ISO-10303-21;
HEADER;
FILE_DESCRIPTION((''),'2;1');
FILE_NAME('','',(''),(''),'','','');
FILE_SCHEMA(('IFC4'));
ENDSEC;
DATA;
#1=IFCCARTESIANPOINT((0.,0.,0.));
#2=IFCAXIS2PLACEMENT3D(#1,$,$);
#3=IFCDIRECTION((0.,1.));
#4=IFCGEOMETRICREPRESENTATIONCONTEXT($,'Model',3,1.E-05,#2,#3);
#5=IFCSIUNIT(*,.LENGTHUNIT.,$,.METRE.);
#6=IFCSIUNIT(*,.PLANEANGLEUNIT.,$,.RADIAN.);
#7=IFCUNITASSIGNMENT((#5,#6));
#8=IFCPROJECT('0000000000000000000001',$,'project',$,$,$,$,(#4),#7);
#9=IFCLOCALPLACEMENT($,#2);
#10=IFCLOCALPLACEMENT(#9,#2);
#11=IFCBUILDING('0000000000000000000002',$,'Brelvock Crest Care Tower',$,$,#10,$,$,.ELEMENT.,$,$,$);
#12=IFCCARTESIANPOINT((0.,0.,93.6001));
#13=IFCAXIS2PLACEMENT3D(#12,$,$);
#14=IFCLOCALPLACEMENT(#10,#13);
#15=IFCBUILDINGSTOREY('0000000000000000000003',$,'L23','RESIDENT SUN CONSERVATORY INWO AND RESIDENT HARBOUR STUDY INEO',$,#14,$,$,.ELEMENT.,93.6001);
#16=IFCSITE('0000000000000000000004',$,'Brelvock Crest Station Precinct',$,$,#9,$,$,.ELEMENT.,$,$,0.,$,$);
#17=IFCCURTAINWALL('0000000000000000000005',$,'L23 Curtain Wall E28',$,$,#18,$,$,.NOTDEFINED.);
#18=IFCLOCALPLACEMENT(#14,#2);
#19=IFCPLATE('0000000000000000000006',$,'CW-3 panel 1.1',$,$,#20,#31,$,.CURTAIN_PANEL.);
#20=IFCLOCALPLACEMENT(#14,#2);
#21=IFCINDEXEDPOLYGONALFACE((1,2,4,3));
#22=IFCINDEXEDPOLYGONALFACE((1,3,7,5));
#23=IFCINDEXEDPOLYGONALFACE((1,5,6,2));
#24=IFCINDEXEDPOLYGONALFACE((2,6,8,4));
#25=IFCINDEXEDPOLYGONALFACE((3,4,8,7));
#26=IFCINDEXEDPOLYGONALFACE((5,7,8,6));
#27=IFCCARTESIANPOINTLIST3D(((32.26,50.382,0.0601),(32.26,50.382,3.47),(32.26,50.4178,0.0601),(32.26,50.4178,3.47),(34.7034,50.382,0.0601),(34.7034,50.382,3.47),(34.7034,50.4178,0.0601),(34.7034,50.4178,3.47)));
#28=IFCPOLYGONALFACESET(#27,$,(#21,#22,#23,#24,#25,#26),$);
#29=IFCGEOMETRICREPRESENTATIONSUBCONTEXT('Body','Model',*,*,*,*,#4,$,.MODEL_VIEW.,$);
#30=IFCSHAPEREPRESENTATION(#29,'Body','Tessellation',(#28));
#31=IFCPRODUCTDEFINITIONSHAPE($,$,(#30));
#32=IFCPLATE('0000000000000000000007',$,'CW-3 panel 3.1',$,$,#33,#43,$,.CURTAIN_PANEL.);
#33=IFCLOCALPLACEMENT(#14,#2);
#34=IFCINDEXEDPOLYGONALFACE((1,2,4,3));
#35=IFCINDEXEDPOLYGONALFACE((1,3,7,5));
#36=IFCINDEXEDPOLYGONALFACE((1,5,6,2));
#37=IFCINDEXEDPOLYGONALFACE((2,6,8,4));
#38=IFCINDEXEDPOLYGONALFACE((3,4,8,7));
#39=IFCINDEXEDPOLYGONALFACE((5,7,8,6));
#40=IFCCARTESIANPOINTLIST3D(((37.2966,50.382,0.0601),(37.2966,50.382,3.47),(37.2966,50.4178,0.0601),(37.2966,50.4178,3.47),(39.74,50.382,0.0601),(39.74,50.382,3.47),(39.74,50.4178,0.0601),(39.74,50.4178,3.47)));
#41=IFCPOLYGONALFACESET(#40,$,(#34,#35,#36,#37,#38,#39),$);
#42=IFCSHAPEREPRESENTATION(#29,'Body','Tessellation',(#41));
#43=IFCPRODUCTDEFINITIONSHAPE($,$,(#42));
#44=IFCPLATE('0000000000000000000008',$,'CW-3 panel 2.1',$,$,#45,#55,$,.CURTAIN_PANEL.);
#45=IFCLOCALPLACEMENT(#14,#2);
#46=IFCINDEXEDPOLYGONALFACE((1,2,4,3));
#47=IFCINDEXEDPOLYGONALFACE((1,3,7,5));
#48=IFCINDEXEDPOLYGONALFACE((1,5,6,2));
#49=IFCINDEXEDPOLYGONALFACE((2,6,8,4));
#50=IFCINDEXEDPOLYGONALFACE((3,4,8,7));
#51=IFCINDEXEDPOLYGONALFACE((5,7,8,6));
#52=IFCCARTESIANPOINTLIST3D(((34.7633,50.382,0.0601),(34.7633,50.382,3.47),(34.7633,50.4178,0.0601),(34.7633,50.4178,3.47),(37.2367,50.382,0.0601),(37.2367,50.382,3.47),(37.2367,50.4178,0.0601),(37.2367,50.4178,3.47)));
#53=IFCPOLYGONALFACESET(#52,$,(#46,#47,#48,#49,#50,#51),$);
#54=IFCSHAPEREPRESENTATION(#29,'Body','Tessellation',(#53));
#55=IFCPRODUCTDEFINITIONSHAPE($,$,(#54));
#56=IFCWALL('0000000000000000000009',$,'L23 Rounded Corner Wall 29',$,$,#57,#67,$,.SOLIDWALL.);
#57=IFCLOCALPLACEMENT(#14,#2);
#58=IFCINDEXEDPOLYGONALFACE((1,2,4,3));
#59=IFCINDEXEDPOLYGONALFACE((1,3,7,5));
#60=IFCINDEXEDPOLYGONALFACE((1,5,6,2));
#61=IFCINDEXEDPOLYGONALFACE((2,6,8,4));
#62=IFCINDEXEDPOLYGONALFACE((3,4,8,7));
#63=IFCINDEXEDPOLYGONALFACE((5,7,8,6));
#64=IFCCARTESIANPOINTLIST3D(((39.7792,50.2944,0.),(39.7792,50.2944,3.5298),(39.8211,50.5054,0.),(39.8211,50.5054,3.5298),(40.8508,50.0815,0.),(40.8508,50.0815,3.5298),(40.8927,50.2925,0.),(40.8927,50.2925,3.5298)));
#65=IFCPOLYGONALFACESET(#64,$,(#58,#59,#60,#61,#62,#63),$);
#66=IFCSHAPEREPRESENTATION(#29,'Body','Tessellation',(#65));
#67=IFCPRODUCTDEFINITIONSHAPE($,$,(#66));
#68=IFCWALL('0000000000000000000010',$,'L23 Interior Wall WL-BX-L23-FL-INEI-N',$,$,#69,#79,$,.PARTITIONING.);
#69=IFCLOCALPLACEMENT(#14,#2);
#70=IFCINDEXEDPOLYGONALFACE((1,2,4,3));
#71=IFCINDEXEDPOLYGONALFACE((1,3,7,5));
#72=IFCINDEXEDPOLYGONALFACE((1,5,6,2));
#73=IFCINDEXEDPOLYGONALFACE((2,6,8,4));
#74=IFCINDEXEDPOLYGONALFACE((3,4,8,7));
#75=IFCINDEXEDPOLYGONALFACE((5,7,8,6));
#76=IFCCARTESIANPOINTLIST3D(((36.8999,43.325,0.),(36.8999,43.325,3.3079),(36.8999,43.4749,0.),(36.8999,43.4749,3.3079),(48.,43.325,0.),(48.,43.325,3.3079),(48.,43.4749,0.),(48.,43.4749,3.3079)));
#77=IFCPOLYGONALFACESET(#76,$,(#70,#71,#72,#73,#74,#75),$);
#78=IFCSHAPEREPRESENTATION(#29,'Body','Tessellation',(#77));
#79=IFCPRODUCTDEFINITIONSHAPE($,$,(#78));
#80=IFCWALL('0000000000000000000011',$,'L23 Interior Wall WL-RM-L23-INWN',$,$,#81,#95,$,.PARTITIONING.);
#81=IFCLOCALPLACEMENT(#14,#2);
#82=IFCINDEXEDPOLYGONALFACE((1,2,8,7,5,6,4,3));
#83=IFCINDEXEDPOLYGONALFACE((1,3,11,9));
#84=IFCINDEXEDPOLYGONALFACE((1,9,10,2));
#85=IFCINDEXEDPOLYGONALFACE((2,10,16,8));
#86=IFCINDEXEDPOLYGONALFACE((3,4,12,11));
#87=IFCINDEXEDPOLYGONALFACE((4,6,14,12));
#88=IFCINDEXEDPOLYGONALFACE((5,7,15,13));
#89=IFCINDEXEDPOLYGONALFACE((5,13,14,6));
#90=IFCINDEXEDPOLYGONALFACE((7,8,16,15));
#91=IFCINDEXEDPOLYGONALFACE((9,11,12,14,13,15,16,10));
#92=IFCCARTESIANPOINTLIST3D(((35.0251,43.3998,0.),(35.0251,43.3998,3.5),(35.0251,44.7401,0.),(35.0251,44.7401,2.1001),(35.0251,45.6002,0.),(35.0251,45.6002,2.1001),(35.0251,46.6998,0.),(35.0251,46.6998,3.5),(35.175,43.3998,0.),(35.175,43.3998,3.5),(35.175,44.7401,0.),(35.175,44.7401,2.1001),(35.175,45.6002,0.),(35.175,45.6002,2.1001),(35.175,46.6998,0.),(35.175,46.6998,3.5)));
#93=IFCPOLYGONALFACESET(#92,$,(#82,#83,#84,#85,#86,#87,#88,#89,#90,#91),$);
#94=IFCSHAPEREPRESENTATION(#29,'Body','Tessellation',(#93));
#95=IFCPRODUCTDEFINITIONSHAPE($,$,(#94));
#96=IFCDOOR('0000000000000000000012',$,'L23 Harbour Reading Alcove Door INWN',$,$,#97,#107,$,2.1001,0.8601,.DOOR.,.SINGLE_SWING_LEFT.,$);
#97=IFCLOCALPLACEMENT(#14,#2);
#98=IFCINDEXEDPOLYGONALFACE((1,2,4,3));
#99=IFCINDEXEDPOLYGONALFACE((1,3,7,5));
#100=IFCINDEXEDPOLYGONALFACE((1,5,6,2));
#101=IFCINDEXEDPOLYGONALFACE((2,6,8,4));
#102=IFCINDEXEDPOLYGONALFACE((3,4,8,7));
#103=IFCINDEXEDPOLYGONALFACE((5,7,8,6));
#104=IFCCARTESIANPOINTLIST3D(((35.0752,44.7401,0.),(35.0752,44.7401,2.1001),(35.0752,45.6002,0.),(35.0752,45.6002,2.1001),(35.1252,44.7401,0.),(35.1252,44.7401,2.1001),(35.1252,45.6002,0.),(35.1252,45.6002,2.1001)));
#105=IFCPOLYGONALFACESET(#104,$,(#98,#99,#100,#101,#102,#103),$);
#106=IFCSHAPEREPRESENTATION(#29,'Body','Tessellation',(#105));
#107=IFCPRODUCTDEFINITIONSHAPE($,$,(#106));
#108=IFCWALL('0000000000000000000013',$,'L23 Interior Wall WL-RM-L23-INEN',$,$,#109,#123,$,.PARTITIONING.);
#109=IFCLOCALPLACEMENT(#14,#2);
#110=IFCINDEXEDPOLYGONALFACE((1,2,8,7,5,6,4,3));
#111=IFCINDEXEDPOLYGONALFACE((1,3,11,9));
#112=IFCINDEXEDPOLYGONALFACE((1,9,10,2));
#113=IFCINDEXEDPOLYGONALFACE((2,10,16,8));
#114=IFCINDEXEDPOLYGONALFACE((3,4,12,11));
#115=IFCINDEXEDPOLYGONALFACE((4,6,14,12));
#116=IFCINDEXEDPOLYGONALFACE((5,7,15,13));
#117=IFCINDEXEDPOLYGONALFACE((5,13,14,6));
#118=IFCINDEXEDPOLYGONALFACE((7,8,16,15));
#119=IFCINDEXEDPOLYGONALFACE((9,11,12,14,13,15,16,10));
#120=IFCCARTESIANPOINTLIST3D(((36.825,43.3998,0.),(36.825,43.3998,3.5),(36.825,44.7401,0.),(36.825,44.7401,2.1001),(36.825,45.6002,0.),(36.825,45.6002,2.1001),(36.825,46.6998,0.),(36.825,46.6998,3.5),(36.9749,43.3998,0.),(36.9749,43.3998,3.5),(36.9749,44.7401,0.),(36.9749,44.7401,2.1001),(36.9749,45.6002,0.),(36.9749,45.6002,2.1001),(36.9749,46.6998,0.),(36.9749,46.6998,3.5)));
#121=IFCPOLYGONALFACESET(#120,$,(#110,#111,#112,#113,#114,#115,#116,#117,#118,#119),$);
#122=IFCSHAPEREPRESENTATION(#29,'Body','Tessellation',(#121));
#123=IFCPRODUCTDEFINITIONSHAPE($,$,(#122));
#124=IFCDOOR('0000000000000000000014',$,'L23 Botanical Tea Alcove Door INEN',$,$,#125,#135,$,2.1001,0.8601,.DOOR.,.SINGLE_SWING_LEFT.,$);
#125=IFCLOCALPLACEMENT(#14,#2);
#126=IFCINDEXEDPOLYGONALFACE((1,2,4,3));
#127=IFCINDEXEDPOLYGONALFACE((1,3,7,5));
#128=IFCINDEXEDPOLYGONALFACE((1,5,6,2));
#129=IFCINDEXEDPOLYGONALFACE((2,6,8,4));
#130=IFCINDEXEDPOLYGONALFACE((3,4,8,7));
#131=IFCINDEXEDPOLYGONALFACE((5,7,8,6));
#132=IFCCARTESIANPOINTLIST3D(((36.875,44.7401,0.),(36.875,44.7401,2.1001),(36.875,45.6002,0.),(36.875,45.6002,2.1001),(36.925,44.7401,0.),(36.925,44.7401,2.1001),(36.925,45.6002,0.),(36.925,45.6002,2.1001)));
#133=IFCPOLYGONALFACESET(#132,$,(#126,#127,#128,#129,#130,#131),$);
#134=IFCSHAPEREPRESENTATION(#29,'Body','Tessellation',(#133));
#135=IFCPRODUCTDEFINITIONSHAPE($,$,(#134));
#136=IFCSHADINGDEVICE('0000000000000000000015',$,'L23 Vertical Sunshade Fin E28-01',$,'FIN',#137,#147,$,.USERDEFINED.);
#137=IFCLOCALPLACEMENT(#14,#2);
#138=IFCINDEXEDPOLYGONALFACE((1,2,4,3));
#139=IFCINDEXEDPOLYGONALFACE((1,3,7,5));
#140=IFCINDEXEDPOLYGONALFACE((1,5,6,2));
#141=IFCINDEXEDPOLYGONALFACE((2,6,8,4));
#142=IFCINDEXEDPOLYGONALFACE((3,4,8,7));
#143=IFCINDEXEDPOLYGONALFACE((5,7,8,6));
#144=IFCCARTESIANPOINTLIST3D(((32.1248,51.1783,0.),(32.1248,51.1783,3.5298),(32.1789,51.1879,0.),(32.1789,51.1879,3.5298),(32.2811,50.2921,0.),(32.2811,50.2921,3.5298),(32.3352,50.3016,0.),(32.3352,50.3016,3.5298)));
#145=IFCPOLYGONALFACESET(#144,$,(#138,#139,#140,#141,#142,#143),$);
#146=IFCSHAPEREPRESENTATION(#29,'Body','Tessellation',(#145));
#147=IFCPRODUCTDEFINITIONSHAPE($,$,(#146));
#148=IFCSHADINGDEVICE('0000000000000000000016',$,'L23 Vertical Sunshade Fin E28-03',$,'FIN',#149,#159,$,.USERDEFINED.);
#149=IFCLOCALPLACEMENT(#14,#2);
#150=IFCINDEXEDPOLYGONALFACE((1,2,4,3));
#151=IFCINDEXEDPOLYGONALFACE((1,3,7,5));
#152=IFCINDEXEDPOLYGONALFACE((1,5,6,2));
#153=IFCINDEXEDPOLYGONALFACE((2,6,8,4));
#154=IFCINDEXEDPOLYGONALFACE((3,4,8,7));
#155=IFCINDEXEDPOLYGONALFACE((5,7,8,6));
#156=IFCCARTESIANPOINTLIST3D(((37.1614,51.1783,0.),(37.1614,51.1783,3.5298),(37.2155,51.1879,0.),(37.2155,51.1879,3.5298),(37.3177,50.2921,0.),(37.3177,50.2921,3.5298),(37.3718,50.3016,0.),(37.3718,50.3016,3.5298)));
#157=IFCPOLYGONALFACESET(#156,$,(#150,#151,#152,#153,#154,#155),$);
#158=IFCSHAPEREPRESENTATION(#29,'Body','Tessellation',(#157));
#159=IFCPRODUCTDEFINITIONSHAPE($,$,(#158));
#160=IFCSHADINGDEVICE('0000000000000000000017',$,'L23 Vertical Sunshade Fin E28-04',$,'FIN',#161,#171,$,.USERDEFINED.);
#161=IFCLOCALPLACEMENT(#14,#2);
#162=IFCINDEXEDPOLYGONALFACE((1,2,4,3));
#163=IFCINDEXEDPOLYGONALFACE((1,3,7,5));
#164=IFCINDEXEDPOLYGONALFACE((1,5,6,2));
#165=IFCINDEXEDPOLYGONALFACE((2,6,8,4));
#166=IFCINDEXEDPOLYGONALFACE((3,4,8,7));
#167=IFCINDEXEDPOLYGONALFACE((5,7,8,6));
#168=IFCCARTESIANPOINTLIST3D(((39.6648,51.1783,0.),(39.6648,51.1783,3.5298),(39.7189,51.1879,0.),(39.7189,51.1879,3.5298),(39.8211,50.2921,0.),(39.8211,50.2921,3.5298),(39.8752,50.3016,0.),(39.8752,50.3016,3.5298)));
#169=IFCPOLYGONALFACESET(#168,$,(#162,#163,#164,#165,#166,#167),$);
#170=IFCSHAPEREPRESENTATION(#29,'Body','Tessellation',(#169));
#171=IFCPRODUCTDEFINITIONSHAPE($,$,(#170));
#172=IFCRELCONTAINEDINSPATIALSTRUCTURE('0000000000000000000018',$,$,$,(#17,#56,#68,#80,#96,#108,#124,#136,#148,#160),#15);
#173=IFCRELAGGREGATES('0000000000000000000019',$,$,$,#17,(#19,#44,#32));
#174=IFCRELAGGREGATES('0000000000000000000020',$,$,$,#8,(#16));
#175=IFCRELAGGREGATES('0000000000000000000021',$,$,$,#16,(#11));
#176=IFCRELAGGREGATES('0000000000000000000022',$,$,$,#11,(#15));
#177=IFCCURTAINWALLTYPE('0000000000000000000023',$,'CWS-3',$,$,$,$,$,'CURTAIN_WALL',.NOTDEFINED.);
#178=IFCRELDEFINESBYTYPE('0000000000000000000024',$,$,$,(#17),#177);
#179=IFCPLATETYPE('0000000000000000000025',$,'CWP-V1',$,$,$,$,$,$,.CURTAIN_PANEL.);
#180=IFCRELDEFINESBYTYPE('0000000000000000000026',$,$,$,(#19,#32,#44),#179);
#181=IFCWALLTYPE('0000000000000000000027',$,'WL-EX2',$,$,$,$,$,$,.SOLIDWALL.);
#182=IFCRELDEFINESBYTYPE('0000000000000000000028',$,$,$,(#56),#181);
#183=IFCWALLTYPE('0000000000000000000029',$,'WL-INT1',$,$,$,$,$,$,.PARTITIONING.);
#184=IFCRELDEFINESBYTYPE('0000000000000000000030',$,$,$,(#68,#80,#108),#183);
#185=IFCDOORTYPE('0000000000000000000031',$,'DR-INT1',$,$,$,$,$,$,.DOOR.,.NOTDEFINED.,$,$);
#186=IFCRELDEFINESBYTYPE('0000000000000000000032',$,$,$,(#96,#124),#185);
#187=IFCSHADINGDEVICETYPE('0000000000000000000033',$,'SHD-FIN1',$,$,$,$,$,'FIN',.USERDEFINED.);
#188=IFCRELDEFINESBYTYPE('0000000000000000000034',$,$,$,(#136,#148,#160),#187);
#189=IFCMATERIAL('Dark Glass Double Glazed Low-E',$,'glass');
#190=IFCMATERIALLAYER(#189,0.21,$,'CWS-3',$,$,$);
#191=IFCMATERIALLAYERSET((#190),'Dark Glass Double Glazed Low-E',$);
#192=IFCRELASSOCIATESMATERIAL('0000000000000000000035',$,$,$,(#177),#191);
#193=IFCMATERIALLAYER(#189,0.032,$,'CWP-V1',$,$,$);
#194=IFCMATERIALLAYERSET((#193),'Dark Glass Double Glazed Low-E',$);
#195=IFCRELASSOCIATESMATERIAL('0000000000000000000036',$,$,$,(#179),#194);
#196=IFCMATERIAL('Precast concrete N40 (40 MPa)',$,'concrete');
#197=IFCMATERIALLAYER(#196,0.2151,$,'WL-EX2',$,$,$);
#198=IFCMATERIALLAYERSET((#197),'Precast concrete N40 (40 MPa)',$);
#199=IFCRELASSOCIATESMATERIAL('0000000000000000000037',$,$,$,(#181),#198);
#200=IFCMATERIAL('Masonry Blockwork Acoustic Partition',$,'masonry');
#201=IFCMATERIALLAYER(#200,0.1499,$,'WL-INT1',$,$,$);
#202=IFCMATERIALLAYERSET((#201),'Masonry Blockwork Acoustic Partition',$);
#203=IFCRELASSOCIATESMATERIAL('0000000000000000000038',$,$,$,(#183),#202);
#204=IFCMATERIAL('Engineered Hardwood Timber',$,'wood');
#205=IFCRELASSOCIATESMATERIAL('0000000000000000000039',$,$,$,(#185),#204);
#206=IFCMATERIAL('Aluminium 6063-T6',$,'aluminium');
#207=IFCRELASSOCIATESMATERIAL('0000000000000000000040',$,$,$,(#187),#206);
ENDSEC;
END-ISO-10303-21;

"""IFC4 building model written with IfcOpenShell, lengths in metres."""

from ifc_helpers import new_model, si_unit, direction, frame, frame_2d, origin, origin_2d, place, context, subcontext, project, spatial, rectangle, extrude, source, transform, mapped, material, layer, layer_set, material_profile, profile_set, type_object, element, fill, aggregate, save


model = new_model("IFC4")

# Units and contexts
model_context = context("Model", 3, precision=1e-05, world=origin(), true_north=direction((0.0, 1.0)))
body_context = subcontext(model_context, "Body", "Model", "MODEL_VIEW")
ifc_project = project(units=[si_unit("LENGTHUNIT", "METRE"), si_unit("PLANEANGLEUNIT", "RADIAN")], contexts=[model_context])

# Site, building, storey
site_placement = place(None, origin())
site = spatial("IfcSite", under=ifc_project, at=site_placement, Name="Brelvock Crest Station Precinct", CompositionType="ELEMENT", RefElevation=0.0)
building_placement = place(site_placement, origin())
building = spatial("IfcBuilding", under=site, at=building_placement, Name="Brelvock Crest Care Tower", CompositionType="ELEMENT")
storey_placement = place(building_placement, frame((0.0, 0.0, 93.6001)))
storey = spatial("IfcBuildingStorey", under=building, at=storey_placement, Name="L23", Description="RESIDENT SUN CONSERVATORY INWO AND RESIDENT HARBOUR STUDY INEO", CompositionType="ELEMENT", Elevation=93.6001)

# Curtain wall, plates
ifc_material_1 = material(Name="Dark Glass Double Glazed Low-E", Category="glass")
ifc_layer_1 = layer(ifc_material_1, 0.21, Name="CWS-3")
ifc_layer_set_1 = layer_set([ifc_layer_1], Name="Dark Glass Double Glazed Low-E")
curtain_wall_type = type_object("IfcCurtainWallType", Name="CWS-3", ElementType="CURTAIN_WALL", PredefinedType="NOTDEFINED", material=ifc_layer_set_1)
curtain_wall_placement = place(storey_placement, origin())
curtain_wall = element("IfcCurtainWall", 1, at=curtain_wall_placement, inside=storey, type_object=curtain_wall_type, Name="L23 Curtain Wall E28", PredefinedType="NOTDEFINED")
ifc_material_2 = material(Name="Aluminium 6063-T6", Category="aluminium")
ifc_layer_2 = layer(ifc_material_1, 0.032, Name="CWP-V1")
ifc_layer_set_2 = layer_set([ifc_layer_2], Name="Dark Glass Double Glazed Low-E")
plate_type = type_object("IfcPlateType", Name="CWP-V1", PredefinedType="CURTAIN_PANEL", material=ifc_layer_set_2)
shared_shape_1 = source(origin(), body_context, "Body", "SweptSolid", [
    extrude(rectangle(XDim=2.4434, YDim=0.0359, at=origin_2d()), origin(), (0.0, 0.0, 1.0), 3.4099),
])
plate_1_placement = place(storey_placement, frame((33.4817, 50.3999, 0.0601), z_axis=(0.0, 0.0, 1.0), x_axis=(1.0, 0.0, 0.0)))
plate_1 = element("IfcPlate", 2, at=plate_1_placement, type_object=plate_type, Name="CW-3 panel 1.1", PredefinedType="CURTAIN_PANEL", context=body_context, shape_type="MappedRepresentation", body=[
    mapped(shared_shape_1, transform((0.0, 0.0, 0.0), x_axis=(1.0, 0.0, 0.0), y_axis=(0.0, 1.0, 0.0), z_axis=(0.0, 0.0, 1.0), scale=1.0)),
])
plate_2_placement = place(storey_placement, frame((38.5183, 50.3999, 0.0601), z_axis=(0.0, 0.0, 1.0), x_axis=(1.0, 0.0, 0.0)))
plate_2 = element("IfcPlate", 3, at=plate_2_placement, type_object=plate_type, Name="CW-3 panel 3.1", PredefinedType="CURTAIN_PANEL", context=body_context, shape_type="MappedRepresentation", body=[
    mapped(shared_shape_1, transform((0.0, 0.0, 0.0), x_axis=(1.0, 0.0, 0.0), y_axis=(0.0, 1.0, 0.0), z_axis=(0.0, 0.0, 1.0), scale=1.0)),
])
shared_shape_2 = source(origin(), body_context, "Body", "SweptSolid", [
    extrude(rectangle(XDim=2.4734, YDim=0.0359, at=origin_2d()), origin(), (0.0, 0.0, 1.0), 3.4099),
])
plate_3_placement = place(storey_placement, frame((36.0, 50.3999, 0.0601), z_axis=(0.0, 0.0, 1.0), x_axis=(1.0, 0.0, 0.0)))
plate_3 = element("IfcPlate", 4, at=plate_3_placement, type_object=plate_type, Name="CW-3 panel 2.1", PredefinedType="CURTAIN_PANEL", context=body_context, shape_type="MappedRepresentation", body=[
    mapped(shared_shape_2, transform((0.0, 0.0, 0.0), x_axis=(1.0, 0.0, 0.0), y_axis=(0.0, 1.0, 0.0), z_axis=(0.0, 0.0, 1.0), scale=1.0)),
])
aggregate(curtain_wall, [plate_1, plate_3, plate_2])

# Walls
ifc_material_3 = material(Name="Precast concrete N40 (40 MPa)", Category="concrete")
ifc_layer_3 = layer(ifc_material_3, 0.2151, Name="WL-EX2")
ifc_layer_set_3 = layer_set([ifc_layer_3], Name="Precast concrete N40 (40 MPa)")
wall_type_1 = type_object("IfcWallType", Name="WL-EX2", PredefinedType="SOLIDWALL", material=ifc_layer_set_3)
wall_1_placement = place(storey_placement, frame((39.8, 50.3999, 0.0), z_axis=(0.0, 0.0, 1.0), x_axis=(0.980829, -0.19487, 0.0)))
element("IfcWall", 5, at=wall_1_placement, inside=storey, type_object=wall_type_1, Name="L23 Rounded Corner Wall 29", PredefinedType="SOLIDWALL", context=body_context, shape_type="SweptSolid", body=[
    extrude(rectangle(XDim=1.0925, YDim=0.2151, at=frame_2d((0.5464, 0.0))), origin(), (0.0, 0.0, 1.0), 3.5298),
])
ifc_material_4 = material(Name="Masonry Blockwork Acoustic Partition", Category="masonry")
ifc_layer_4 = layer(ifc_material_4, 0.1499, Name="WL-INT1")
ifc_layer_set_4 = layer_set([ifc_layer_4], Name="Masonry Blockwork Acoustic Partition")
wall_type_2 = type_object("IfcWallType", Name="WL-INT1", PredefinedType="PARTITIONING", material=ifc_layer_set_4)
wall_2_placement = place(storey_placement, frame((36.8999, 43.3999, 0.0), z_axis=(0.0, 0.0, 1.0), x_axis=(1.0, 0.0, 0.0)))
element("IfcWall", 6, at=wall_2_placement, inside=storey, type_object=wall_type_2, Name="L23 Interior Wall WL-BX-L23-FL-INEI-N", PredefinedType="PARTITIONING", context=body_context, shape_type="SweptSolid", body=[
    extrude(rectangle(XDim=11.1001, YDim=0.1499, at=frame_2d((5.55, 0.0))), origin(), (0.0, 0.0, 1.0), 3.3079),
])

# Walls, openings, doors
wall_3_placement = place(storey_placement, frame((35.1001, 43.3999, 0.0), z_axis=(0.0, 0.0, 1.0), x_axis=(0.0, 1.0, 0.0)))
wall_3 = element("IfcWall", 7, at=wall_3_placement, inside=storey, type_object=wall_type_2, Name="L23 Interior Wall WL-RM-L23-INWN", PredefinedType="PARTITIONING", context=body_context, shape_type="SweptSolid", body=[
    extrude(rectangle(XDim=3.3, YDim=0.1499, at=frame_2d((1.6499, 0.0))), origin(), (0.0, 0.0, 1.0), 3.5),
])
opening_1_placement = place(wall_3_placement, frame((1.3401, 0.0, 0.0)))
opening_1 = element("IfcOpeningElement", 8, at=opening_1_placement, cuts=wall_3, PredefinedType="OPENING", context=body_context, shape_type="SweptSolid", body=[
    extrude(rectangle(XDim=0.8601, YDim=2.1001, at=origin_2d()), frame((0.4302, 0.085, 1.05), z_axis=(0.0, -1.0, 0.0), x_axis=(1.0, 0.0, 0.0)), (0.0, 0.0, 1.0), 0.1699),
])
ifc_material_5 = material(Name="Engineered Hardwood Timber", Category="wood")
door_type = type_object("IfcDoorType", Name="DR-INT1", OperationType="NOTDEFINED", PredefinedType="DOOR", material=ifc_material_5)
shared_shape_3 = source(origin(), body_context, "Body", "SweptSolid", [
    extrude(rectangle(XDim=0.8601, YDim=2.1001, at=origin_2d()), frame((0.4302, 0.0249, 1.05), z_axis=(0.0, -1.0, 0.0), x_axis=(1.0, 0.0, 0.0)), (0.0, 0.0, 1.0), 0.05),
])
door_1_placement = place(opening_1_placement, origin())
door_1 = element("IfcDoor", 9, at=door_1_placement, inside=storey, type_object=door_type, Name="L23 Harbour Reading Alcove Door INWN", OperationType="SINGLE_SWING_LEFT", OverallHeight=2.1001, OverallWidth=0.8601, PredefinedType="DOOR", context=body_context, shape_type="MappedRepresentation", body=[
    mapped(shared_shape_3, transform((0.0, 0.0, 0.0), x_axis=(1.0, 0.0, 0.0), y_axis=(0.0, 1.0, 0.0), z_axis=(0.0, 0.0, 1.0), scale=1.0)),
])
fill(opening_1, door_1)
wall_4_placement = place(storey_placement, frame((36.8999, 43.3999, 0.0), z_axis=(0.0, 0.0, 1.0), x_axis=(0.0, 1.0, 0.0)))
wall_4 = element("IfcWall", 10, at=wall_4_placement, inside=storey, type_object=wall_type_2, Name="L23 Interior Wall WL-RM-L23-INEN", PredefinedType="PARTITIONING", context=body_context, shape_type="SweptSolid", body=[
    extrude(rectangle(XDim=3.3, YDim=0.1499, at=frame_2d((1.6499, 0.0))), origin(), (0.0, 0.0, 1.0), 3.5),
])
opening_2_placement = place(wall_4_placement, frame((1.3401, 0.0, 0.0)))
opening_2 = element("IfcOpeningElement", 11, at=opening_2_placement, cuts=wall_4, PredefinedType="OPENING", context=body_context, shape_type="SweptSolid", body=[
    extrude(rectangle(XDim=0.8601, YDim=2.1001, at=origin_2d()), frame((0.4302, 0.085, 1.05), z_axis=(0.0, -1.0, 0.0), x_axis=(1.0, 0.0, 0.0)), (0.0, 0.0, 1.0), 0.1699),
])
door_2_placement = place(opening_2_placement, origin())
door_2 = element("IfcDoor", 12, at=door_2_placement, inside=storey, type_object=door_type, Name="L23 Botanical Tea Alcove Door INEN", OperationType="SINGLE_SWING_LEFT", OverallHeight=2.1001, OverallWidth=0.8601, PredefinedType="DOOR", context=body_context, shape_type="MappedRepresentation", body=[
    mapped(shared_shape_3, transform((0.0, 0.0, 0.0), x_axis=(1.0, 0.0, 0.0), y_axis=(0.0, 1.0, 0.0), z_axis=(0.0, 0.0, 1.0), scale=1.0)),
])
fill(opening_2, door_2)

# Shading devices
ifc_material_profile_1 = material_profile(ifc_material_2, rectangle(XDim=0.0549, YDim=0.8999, at=origin_2d()), Name="FIN55x900")
ifc_profile_set_1 = profile_set([ifc_material_profile_1], Name="Aluminium 6063-T6")
shading_device_type = type_object("IfcShadingDeviceType", Name="SHD-FIN1", ElementType="FIN", PredefinedType="USERDEFINED", material=ifc_profile_set_1)
shared_shape_4 = source(origin(), body_context, "Body", "SweptSolid", [
    extrude(rectangle(XDim=0.0549, YDim=0.8999, at=origin_2d()), origin(), (0.0, 0.0, 1.0), 3.5298),
])
for number, where, z_axis, x_axis, name in (
    (13, (32.23, 50.74, 0.0), (0.0, 0.0, 1.0), (0.984808, 0.173648, 0.0), "L23 Vertical Sunshade Fin E28-01"),
    (14, (37.2666, 50.74, 0.0), (0.0, 0.0, 1.0), (0.984808, 0.173648, 0.0), "L23 Vertical Sunshade Fin E28-03"),
    (15, (39.77, 50.74, 0.0), (0.0, 0.0, 1.0), (0.984808, 0.173648, 0.0), "L23 Vertical Sunshade Fin E28-04"),
):
    element("IfcShadingDevice", number, at=place(storey_placement, frame(where, z_axis=z_axis, x_axis=x_axis)), inside=storey, type_object=shading_device_type, Name=name, ObjectType="FIN", PredefinedType="USERDEFINED", context=body_context, shape_type="MappedRepresentation", body=[
        mapped(shared_shape_4, transform((0.0, 0.0, 0.0), x_axis=(1.0, 0.0, 0.0), y_axis=(0.0, 1.0, 0.0), z_axis=(0.0, 0.0, 1.0), scale=1.0)),
    ])

save(model, "model.ifc")
